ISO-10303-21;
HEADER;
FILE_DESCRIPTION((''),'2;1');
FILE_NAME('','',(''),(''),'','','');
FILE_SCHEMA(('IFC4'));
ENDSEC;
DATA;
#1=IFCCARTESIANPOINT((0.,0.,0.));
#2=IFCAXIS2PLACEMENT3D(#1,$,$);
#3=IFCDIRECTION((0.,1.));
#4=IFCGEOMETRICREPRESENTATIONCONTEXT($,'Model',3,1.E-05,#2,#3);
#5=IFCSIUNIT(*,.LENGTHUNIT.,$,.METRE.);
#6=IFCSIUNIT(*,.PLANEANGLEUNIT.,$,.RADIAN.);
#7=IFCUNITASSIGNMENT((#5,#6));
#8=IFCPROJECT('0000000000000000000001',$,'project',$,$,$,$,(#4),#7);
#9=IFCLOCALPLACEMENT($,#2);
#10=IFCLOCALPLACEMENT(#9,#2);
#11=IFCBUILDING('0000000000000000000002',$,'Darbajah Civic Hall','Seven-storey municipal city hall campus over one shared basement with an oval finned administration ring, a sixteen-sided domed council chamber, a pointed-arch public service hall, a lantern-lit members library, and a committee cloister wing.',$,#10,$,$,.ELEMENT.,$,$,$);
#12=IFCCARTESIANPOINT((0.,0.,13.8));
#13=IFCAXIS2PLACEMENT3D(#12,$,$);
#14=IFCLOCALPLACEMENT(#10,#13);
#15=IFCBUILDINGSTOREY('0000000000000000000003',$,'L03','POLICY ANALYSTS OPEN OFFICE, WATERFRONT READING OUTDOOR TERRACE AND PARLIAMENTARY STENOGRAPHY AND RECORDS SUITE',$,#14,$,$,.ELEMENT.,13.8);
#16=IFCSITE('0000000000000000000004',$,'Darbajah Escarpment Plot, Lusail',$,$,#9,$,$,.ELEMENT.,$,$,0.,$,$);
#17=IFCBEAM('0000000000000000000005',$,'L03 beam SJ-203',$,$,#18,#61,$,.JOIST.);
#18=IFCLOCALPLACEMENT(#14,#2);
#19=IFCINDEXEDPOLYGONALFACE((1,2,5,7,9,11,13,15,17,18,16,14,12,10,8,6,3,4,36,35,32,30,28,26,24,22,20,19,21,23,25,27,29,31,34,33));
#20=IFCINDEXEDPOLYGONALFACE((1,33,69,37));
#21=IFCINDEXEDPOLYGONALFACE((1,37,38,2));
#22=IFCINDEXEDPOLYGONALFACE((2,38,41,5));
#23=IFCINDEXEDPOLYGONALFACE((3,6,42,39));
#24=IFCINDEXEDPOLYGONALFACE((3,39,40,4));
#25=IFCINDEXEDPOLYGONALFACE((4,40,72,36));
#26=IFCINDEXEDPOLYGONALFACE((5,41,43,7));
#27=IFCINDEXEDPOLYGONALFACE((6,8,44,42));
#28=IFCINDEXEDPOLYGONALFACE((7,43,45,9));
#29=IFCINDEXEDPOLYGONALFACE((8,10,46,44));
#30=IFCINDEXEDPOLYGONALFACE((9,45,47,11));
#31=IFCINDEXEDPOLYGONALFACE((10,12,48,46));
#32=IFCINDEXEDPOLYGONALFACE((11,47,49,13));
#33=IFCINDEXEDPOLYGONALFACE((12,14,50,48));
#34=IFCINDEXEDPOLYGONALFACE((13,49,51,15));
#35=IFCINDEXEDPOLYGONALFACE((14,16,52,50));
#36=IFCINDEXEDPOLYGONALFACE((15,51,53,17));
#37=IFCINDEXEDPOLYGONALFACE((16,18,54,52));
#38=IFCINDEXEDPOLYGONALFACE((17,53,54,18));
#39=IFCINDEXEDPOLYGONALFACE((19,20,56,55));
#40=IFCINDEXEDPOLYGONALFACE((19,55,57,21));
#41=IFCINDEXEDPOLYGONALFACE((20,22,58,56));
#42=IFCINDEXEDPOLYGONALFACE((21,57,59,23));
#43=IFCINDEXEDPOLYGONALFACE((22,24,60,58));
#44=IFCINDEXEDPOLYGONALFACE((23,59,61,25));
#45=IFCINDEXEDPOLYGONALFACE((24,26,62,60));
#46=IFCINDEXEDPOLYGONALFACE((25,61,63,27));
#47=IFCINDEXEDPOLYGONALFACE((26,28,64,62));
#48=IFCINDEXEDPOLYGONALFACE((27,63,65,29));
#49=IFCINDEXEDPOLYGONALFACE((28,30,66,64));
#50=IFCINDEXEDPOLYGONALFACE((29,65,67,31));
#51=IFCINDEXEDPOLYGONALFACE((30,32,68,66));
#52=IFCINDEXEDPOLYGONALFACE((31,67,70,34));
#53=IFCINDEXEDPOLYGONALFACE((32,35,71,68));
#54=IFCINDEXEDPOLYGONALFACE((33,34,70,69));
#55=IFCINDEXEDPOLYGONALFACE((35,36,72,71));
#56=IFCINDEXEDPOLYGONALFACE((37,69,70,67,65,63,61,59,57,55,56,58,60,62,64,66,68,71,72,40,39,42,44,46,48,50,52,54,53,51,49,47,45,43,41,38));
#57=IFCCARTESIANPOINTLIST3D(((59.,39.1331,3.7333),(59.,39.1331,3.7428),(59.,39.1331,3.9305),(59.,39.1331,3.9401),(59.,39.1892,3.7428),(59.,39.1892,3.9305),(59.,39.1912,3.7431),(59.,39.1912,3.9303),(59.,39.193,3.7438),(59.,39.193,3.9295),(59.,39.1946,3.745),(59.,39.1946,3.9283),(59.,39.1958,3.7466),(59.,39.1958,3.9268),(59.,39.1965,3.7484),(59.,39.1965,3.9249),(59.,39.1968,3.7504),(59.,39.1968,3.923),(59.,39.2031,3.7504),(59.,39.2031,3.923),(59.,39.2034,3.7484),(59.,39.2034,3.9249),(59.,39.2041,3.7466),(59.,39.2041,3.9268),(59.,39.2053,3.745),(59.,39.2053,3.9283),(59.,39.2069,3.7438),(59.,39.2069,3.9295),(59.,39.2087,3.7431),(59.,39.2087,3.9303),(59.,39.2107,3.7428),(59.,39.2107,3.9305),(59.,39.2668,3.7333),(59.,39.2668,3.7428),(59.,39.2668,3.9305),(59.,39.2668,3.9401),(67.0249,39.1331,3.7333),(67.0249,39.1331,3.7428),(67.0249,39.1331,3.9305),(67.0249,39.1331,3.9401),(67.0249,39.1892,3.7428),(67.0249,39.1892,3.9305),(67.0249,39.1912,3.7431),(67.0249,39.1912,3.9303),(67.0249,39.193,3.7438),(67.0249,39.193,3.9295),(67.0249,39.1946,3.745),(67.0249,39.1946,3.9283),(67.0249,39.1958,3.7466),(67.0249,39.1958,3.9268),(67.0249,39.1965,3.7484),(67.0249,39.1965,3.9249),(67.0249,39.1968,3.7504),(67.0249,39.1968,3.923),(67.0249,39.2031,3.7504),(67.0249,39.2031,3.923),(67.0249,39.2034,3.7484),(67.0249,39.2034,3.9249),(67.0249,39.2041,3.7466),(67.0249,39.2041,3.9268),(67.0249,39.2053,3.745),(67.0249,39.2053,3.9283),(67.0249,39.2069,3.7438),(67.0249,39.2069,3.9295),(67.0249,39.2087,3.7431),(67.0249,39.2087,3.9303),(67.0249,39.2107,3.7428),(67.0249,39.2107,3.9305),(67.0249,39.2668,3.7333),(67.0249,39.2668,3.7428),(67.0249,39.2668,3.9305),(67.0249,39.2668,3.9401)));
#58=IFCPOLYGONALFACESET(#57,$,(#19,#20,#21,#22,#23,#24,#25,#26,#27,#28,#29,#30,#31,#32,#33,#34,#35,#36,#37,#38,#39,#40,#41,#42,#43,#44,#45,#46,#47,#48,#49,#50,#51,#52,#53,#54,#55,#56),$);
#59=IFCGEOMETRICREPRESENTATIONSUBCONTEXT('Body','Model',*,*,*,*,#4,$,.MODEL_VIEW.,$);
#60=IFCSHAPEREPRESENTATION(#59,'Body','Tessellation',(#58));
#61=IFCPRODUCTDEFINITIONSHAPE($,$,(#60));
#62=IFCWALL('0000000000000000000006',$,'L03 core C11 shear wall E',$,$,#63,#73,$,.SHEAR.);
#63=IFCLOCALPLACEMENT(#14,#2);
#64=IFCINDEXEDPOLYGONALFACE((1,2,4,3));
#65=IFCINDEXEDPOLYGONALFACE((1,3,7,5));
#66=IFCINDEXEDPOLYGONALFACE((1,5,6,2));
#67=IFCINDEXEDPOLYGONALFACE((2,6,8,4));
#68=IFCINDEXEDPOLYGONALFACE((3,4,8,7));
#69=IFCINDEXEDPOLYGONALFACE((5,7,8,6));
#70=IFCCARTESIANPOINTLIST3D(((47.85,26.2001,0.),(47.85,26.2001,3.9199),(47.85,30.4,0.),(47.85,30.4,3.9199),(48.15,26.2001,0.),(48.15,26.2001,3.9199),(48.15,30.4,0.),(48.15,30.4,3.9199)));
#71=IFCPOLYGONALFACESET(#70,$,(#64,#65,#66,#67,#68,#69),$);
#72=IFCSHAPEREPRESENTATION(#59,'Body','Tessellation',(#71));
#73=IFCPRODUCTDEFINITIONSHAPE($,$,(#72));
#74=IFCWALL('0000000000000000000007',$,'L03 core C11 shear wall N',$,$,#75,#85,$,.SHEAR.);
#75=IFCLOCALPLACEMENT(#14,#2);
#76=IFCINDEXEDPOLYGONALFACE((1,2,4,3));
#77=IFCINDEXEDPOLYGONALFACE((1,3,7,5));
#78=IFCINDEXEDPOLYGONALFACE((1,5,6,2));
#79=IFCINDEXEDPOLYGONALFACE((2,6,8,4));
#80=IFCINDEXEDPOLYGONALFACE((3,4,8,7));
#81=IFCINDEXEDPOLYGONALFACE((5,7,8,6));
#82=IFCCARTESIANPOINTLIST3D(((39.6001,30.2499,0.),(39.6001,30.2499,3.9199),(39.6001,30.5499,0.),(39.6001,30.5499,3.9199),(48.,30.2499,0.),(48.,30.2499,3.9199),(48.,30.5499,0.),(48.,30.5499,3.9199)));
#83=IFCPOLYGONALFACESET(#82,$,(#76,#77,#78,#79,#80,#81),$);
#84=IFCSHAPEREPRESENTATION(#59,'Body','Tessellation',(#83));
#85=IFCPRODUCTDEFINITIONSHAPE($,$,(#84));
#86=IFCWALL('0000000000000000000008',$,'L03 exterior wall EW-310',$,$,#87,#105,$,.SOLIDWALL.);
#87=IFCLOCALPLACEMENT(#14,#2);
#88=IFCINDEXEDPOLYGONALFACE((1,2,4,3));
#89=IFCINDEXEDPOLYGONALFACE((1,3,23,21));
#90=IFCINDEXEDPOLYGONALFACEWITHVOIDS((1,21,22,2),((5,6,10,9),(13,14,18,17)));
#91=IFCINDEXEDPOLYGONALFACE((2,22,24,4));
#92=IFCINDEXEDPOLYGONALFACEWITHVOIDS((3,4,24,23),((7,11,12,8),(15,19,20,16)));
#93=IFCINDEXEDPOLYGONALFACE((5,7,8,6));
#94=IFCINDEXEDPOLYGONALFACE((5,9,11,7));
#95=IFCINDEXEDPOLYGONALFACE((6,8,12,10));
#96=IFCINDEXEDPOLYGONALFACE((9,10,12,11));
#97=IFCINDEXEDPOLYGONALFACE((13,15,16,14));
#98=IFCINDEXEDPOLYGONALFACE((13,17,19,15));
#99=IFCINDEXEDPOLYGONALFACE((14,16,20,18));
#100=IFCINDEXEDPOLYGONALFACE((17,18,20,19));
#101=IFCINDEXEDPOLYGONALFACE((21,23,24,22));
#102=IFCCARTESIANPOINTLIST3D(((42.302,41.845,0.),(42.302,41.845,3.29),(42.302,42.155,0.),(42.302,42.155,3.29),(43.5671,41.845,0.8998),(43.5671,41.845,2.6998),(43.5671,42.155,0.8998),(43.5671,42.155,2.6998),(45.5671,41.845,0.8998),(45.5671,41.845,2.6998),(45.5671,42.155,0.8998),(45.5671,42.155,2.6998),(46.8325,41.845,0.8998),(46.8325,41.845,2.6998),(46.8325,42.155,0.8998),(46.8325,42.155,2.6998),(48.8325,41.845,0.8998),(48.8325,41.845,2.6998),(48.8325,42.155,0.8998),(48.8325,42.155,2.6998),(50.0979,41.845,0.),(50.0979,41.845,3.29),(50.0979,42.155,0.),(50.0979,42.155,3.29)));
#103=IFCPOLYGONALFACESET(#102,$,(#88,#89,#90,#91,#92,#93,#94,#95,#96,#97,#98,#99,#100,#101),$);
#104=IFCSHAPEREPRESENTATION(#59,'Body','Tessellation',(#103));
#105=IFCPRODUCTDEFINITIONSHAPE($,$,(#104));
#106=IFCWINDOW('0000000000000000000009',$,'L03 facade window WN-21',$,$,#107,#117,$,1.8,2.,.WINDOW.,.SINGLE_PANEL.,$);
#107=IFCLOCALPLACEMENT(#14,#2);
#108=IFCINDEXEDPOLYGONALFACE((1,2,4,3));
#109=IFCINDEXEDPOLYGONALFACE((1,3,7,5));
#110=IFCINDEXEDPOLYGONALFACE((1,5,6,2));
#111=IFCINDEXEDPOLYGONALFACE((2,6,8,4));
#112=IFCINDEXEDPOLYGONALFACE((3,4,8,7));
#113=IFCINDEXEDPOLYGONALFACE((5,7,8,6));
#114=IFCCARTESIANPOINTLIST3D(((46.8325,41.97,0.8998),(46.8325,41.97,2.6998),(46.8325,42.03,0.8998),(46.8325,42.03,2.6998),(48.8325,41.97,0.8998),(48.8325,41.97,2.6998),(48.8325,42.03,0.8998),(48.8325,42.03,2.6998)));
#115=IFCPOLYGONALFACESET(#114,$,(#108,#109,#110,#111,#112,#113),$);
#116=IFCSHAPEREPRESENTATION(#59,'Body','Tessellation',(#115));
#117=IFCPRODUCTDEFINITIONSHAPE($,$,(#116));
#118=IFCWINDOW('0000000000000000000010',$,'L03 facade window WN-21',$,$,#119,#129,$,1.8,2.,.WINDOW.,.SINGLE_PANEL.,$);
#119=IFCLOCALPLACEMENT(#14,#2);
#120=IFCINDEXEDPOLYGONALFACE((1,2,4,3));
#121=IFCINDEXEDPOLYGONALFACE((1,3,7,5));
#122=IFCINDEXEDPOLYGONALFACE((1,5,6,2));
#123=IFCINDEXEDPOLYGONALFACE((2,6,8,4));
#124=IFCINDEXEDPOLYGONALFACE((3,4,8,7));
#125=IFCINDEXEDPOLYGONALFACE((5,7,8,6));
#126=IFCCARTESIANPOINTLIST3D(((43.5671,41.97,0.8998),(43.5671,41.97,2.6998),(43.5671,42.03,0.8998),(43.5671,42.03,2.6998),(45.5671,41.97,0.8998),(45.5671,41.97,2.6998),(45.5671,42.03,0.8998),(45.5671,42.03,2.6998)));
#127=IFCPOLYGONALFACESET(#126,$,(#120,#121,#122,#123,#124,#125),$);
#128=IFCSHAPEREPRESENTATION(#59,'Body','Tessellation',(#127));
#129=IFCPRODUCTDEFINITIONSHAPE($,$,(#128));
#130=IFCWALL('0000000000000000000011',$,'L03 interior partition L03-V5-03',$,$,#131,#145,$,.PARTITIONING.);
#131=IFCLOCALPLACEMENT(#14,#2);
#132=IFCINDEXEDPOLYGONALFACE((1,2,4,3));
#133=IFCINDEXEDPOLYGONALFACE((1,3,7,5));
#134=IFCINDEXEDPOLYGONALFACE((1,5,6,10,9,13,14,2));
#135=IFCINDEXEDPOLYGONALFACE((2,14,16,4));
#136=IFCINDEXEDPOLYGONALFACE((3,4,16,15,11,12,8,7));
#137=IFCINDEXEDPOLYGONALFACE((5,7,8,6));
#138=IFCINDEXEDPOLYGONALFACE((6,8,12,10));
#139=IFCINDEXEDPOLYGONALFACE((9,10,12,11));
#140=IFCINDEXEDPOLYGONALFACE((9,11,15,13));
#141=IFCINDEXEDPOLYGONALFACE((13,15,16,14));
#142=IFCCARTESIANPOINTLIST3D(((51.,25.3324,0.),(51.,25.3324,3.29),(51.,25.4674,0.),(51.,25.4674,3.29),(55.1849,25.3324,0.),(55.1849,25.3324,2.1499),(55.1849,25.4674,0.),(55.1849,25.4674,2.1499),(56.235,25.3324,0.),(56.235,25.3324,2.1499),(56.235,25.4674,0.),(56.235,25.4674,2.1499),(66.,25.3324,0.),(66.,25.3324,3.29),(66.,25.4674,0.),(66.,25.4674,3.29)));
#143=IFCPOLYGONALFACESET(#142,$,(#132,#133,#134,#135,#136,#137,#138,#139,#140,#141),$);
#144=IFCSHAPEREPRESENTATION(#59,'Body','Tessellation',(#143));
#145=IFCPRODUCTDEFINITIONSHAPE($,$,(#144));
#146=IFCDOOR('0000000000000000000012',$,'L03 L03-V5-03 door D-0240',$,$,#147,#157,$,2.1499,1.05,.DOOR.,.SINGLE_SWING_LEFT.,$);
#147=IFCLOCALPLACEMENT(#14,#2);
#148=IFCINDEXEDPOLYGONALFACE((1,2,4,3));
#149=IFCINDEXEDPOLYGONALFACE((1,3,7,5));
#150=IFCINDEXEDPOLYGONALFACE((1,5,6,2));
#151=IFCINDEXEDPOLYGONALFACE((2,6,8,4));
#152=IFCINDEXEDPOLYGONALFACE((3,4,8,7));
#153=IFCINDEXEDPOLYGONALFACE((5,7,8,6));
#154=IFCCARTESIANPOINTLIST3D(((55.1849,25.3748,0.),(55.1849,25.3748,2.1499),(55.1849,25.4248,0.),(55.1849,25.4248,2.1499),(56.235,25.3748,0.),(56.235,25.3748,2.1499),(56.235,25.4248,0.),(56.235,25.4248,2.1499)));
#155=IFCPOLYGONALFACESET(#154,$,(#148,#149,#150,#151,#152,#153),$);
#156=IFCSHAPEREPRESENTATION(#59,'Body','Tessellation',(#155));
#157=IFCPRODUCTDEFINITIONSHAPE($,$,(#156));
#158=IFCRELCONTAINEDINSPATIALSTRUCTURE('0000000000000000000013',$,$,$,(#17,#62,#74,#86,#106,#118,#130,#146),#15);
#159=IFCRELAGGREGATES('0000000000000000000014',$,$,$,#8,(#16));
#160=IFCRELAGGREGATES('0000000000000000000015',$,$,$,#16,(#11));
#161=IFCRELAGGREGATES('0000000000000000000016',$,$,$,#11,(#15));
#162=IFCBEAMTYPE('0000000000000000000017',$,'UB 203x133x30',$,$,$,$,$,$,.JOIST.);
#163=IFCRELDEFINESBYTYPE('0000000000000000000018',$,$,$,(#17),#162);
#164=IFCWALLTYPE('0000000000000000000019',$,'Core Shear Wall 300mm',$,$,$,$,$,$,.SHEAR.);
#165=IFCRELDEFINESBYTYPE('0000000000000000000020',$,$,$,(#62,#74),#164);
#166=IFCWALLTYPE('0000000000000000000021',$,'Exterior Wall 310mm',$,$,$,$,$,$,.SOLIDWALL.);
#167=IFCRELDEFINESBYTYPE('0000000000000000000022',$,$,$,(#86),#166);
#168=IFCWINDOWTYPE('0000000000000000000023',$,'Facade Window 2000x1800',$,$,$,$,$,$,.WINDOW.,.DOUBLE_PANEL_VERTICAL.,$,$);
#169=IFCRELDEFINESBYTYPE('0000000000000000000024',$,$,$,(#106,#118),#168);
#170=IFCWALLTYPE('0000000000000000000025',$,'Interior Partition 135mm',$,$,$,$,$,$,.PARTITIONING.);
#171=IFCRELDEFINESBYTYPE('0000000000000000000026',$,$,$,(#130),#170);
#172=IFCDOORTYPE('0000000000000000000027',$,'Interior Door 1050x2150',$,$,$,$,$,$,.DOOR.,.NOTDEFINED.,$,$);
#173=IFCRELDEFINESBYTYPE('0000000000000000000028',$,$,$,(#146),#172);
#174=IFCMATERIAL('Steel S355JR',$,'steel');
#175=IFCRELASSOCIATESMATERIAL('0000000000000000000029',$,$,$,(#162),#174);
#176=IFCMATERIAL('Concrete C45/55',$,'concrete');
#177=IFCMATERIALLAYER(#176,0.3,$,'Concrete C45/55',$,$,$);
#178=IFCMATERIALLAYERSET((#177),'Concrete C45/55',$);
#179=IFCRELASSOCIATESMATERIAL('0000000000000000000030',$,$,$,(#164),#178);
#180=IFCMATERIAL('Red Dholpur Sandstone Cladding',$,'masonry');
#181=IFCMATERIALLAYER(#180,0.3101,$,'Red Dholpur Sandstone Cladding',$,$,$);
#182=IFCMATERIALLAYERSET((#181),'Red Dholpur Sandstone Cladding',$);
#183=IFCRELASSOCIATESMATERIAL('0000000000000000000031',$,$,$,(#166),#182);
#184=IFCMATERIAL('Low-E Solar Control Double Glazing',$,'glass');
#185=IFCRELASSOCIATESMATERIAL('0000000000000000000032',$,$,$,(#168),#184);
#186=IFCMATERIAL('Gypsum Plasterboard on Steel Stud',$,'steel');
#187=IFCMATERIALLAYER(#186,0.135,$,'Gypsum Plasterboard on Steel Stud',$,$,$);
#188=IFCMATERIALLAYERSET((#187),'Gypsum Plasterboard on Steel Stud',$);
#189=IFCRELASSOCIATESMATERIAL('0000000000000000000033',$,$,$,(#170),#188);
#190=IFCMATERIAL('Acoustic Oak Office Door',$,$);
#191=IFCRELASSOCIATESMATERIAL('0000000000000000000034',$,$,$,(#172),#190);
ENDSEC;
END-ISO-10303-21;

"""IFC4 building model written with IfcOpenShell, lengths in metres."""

from ifc_helpers import new_model, si_unit, direction, frame, frame_2d, origin, origin_2d, place, context, subcontext, project, spatial, rectangle, i_section, extrude, material, layer, layer_set, material_profile, profile_set, type_object, element, fill, save


model = new_model("IFC4")

# Units and contexts
model_context = context("Model", 3, precision=1e-05, world=origin(), true_north=direction((0.0, 1.0)))
body_context = subcontext(model_context, "Body", "Model", "MODEL_VIEW")
ifc_project = project(units=[si_unit("LENGTHUNIT", "METRE"), si_unit("PLANEANGLEUNIT", "RADIAN")], contexts=[model_context])

# Site, building, storey
site_placement = place(None, origin())
site = spatial("IfcSite", under=ifc_project, at=site_placement, Name="Darbajah Escarpment Plot, Lusail", CompositionType="ELEMENT", RefElevation=0.0)
building_placement = place(site_placement, origin())
building = spatial("IfcBuilding", under=site, at=building_placement, Name="Darbajah Civic Hall", Description="Seven-storey municipal city hall campus over one shared basement with an oval finned administration ring, a sixteen-sided domed council chamber, a pointed-arch public service hall, a lantern-lit members library, and a committee cloister wing.", CompositionType="ELEMENT")
storey_placement = place(building_placement, frame((0.0, 0.0, 13.8)))
storey = spatial("IfcBuildingStorey", under=building, at=storey_placement, Name="L03", Description="POLICY ANALYSTS OPEN OFFICE, WATERFRONT READING OUTDOOR TERRACE AND PARLIAMENTARY STENOGRAPHY AND RECORDS SUITE", CompositionType="ELEMENT", Elevation=13.8)

# Shared definitions
ifc_material_1 = material(Name="Concrete C45/55", Category="concrete")

# Beam
ifc_material_2 = material(Name="Steel S355JR", Category="steel")
ifc_material_profile_1 = material_profile(ifc_material_2, i_section(OverallWidth=0.1338, OverallDepth=0.2068, WebThickness=0.0063, FlangeThickness=0.0095, FilletRadius=0.0076, at=origin_2d()), Name="UB 203x133x30")
ifc_profile_set_1 = profile_set([ifc_material_profile_1], Name="Steel S355JR")
beam_type_1 = type_object("IfcBeamType", Name="UB 203x133x30", PredefinedType="JOIST", material=ifc_profile_set_1)
for number, where, z_axis, x_axis, name in (
    (1, (59.0, 39.2, 3.8367), (1.0, 0.0, 0.0), (0.0, 1.0, 0.0), "L03 beam SJ-203"),
):
    element("IfcBeam", number, at=place(storey_placement, frame(where, z_axis=z_axis, x_axis=x_axis)), inside=storey, type_object=beam_type_1, Name=name, PredefinedType="JOIST", context=body_context, shape_type="SweptSolid", body=[
        extrude(i_section(OverallWidth=0.1338, OverallDepth=0.2068, WebThickness=0.0063, FlangeThickness=0.0095, FilletRadius=0.0076, at=origin_2d()), origin(), (0.0, 0.0, 1.0), 8.0249),
    ])

# Walls
ifc_layer_1 = layer(ifc_material_1, 0.3, Name="Concrete C45/55")
ifc_layer_set_1 = layer_set([ifc_layer_1], Name="Concrete C45/55")
wall_type_1 = type_object("IfcWallType", Name="Core Shear Wall 300mm", PredefinedType="SHEAR", material=ifc_layer_set_1)
wall_1_placement = place(storey_placement, frame((48.0, 26.2, 0.0), z_axis=(0.0, 0.0, 1.0), x_axis=(0.0, 1.0, 0.0)))
element("IfcWall", 2, at=wall_1_placement, inside=storey, type_object=wall_type_1, Name="L03 core C11 shear wall E", PredefinedType="SHEAR", context=body_context, shape_type="SweptSolid", body=[
    extrude(rectangle(XDim=4.2, YDim=0.3, at=frame_2d((2.1001, 0.0))), origin(), (0.0, 0.0, 1.0), 3.9199),
])
wall_2_placement = place(storey_placement, frame((48.0, 30.3999, 0.0), z_axis=(0.0, 0.0, 1.0), x_axis=(-1.0, 0.0, 0.0)))
element("IfcWall", 3, at=wall_2_placement, inside=storey, type_object=wall_type_1, Name="L03 core C11 shear wall N", PredefinedType="SHEAR", context=body_context, shape_type="SweptSolid", body=[
    extrude(rectangle(XDim=8.3999, YDim=0.3, at=frame_2d((4.2, 0.0))), origin(), (0.0, 0.0, 1.0), 3.9199),
])

# Wall, openings, windows
ifc_material_3 = material(Name="Red Dholpur Sandstone Cladding", Category="masonry")
ifc_layer_2 = layer(ifc_material_3, 0.3101, Name="Red Dholpur Sandstone Cladding")
ifc_layer_set_2 = layer_set([ifc_layer_2], Name="Red Dholpur Sandstone Cladding")
wall_type_2 = type_object("IfcWallType", Name="Exterior Wall 310mm", PredefinedType="SOLIDWALL", material=ifc_layer_set_2)
wall_3_placement = place(storey_placement, frame((50.0979, 42.0, 0.0), z_axis=(0.0, 0.0, 1.0), x_axis=(-1.0, 0.0, 0.0)))
wall_3 = element("IfcWall", 4, at=wall_3_placement, inside=storey, type_object=wall_type_2, Name="L03 exterior wall EW-310", PredefinedType="SOLIDWALL", context=body_context, shape_type="SweptSolid", body=[
    extrude(rectangle(XDim=7.7959, YDim=0.3101, at=frame_2d((3.8979, 0.0))), origin(), (0.0, 0.0, 1.0), 3.29),
])
opening_1_placement = place(wall_3_placement, frame((1.2654, 0.0, 0.8999)))
opening_1 = element("IfcOpeningElement", 5, at=opening_1_placement, cuts=wall_3, PredefinedType="OPENING", context=body_context, shape_type="SweptSolid", body=[
    extrude(rectangle(XDim=2.0, YDim=1.8, at=frame_2d((1.0, 0.8999))), frame((0.0, 0.165, 0.0), z_axis=(0.0, -1.0, 0.0), x_axis=(1.0, 0.0, 0.0)), (0.0, 0.0, 1.0), 0.3301),
])
opening_2_placement = place(wall_3_placement, frame((4.5308, 0.0, 0.8999)))
opening_2 = element("IfcOpeningElement", 6, at=opening_2_placement, cuts=wall_3, PredefinedType="OPENING", context=body_context, shape_type="SweptSolid", body=[
    extrude(rectangle(XDim=2.0, YDim=1.8, at=frame_2d((1.0, 0.8999))), frame((0.0, 0.165, 0.0), z_axis=(0.0, -1.0, 0.0), x_axis=(1.0, 0.0, 0.0)), (0.0, 0.0, 1.0), 0.3301),
])
ifc_material_4 = material(Name="Low-E Solar Control Double Glazing", Category="glass")
window_type = type_object("IfcWindowType", Name="Facade Window 2000x1800", PartitioningType="DOUBLE_PANEL_VERTICAL", PredefinedType="WINDOW", material=ifc_material_4)
window_1_placement = place(opening_1_placement, origin())
window_1 = element("IfcWindow", 7, at=window_1_placement, inside=storey, type_object=window_type, Name="L03 facade window WN-21", OverallHeight=1.8, OverallWidth=2.0, PartitioningType="SINGLE_PANEL", PredefinedType="WINDOW", context=body_context, shape_type="SweptSolid", body=[
    extrude(rectangle(XDim=2.0, YDim=1.8, at=frame_2d((1.0, 0.8999))), frame((0.0, 0.03, 0.0), z_axis=(0.0, -1.0, 0.0), x_axis=(1.0, 0.0, 0.0)), (0.0, 0.0, 1.0), 0.0601),
])
fill(opening_1, window_1)
window_2_placement = place(opening_2_placement, origin())
window_2 = element("IfcWindow", 8, at=window_2_placement, inside=storey, type_object=window_type, Name="L03 facade window WN-21", OverallHeight=1.8, OverallWidth=2.0, PartitioningType="SINGLE_PANEL", PredefinedType="WINDOW", context=body_context, shape_type="SweptSolid", body=[
    extrude(rectangle(XDim=2.0, YDim=1.8, at=frame_2d((1.0, 0.8999))), frame((0.0, 0.03, 0.0), z_axis=(0.0, -1.0, 0.0), x_axis=(1.0, 0.0, 0.0)), (0.0, 0.0, 1.0), 0.0601),
])
fill(opening_2, window_2)

# Wall, opening, door
ifc_material_5 = material(Name="Gypsum Plasterboard on Steel Stud", Category="steel")
ifc_layer_3 = layer(ifc_material_5, 0.135, Name="Gypsum Plasterboard on Steel Stud")
ifc_layer_set_3 = layer_set([ifc_layer_3], Name="Gypsum Plasterboard on Steel Stud")
wall_type_3 = type_object("IfcWallType", Name="Interior Partition 135mm", PredefinedType="PARTITIONING", material=ifc_layer_set_3)
wall_4_placement = place(storey_placement, frame((51.0, 25.3999, 0.0), z_axis=(0.0, 0.0, 1.0), x_axis=(1.0, 0.0, 0.0)))
wall_4 = element("IfcWall", 9, at=wall_4_placement, inside=storey, type_object=wall_type_3, Name="L03 interior partition L03-V5-03", PredefinedType="PARTITIONING", context=body_context, shape_type="SweptSolid", body=[
    extrude(rectangle(XDim=15.0, YDim=0.135, at=frame_2d((7.5, 0.0))), origin(), (0.0, 0.0, 1.0), 3.29),
])
opening_3_placement = place(wall_4_placement, frame((4.1851, 0.0, 0.0)))
opening_3 = element("IfcOpeningElement", 10, at=opening_3_placement, cuts=wall_4, PredefinedType="OPENING", context=body_context, shape_type="SweptSolid", body=[
    extrude(rectangle(XDim=1.05, YDim=2.1499, at=frame_2d((0.5249, 1.075))), frame((0.0, 0.0774, 0.0), z_axis=(0.0, -1.0, 0.0), x_axis=(1.0, 0.0, 0.0)), (0.0, 0.0, 1.0), 0.155),
])
ifc_material_6 = material(Name="Acoustic Oak Office Door")
door_type = type_object("IfcDoorType", Name="Interior Door 1050x2150", OperationType="NOTDEFINED", PredefinedType="DOOR", material=ifc_material_6)
door_placement = place(opening_3_placement, origin())
door = element("IfcDoor", 11, at=door_placement, inside=storey, type_object=door_type, Name="L03 L03-V5-03 door D-0240", OperationType="SINGLE_SWING_LEFT", OverallHeight=2.1499, OverallWidth=1.05, PredefinedType="DOOR", context=body_context, shape_type="SweptSolid", body=[
    extrude(rectangle(XDim=1.05, YDim=2.1499, at=frame_2d((0.5249, 1.075))), frame((0.0, 0.0249, 0.0), z_axis=(0.0, -1.0, 0.0), x_axis=(1.0, 0.0, 0.0)), (0.0, 0.0, 1.0), 0.05),
])
fill(opening_3, door)

save(model, "model.ifc")
